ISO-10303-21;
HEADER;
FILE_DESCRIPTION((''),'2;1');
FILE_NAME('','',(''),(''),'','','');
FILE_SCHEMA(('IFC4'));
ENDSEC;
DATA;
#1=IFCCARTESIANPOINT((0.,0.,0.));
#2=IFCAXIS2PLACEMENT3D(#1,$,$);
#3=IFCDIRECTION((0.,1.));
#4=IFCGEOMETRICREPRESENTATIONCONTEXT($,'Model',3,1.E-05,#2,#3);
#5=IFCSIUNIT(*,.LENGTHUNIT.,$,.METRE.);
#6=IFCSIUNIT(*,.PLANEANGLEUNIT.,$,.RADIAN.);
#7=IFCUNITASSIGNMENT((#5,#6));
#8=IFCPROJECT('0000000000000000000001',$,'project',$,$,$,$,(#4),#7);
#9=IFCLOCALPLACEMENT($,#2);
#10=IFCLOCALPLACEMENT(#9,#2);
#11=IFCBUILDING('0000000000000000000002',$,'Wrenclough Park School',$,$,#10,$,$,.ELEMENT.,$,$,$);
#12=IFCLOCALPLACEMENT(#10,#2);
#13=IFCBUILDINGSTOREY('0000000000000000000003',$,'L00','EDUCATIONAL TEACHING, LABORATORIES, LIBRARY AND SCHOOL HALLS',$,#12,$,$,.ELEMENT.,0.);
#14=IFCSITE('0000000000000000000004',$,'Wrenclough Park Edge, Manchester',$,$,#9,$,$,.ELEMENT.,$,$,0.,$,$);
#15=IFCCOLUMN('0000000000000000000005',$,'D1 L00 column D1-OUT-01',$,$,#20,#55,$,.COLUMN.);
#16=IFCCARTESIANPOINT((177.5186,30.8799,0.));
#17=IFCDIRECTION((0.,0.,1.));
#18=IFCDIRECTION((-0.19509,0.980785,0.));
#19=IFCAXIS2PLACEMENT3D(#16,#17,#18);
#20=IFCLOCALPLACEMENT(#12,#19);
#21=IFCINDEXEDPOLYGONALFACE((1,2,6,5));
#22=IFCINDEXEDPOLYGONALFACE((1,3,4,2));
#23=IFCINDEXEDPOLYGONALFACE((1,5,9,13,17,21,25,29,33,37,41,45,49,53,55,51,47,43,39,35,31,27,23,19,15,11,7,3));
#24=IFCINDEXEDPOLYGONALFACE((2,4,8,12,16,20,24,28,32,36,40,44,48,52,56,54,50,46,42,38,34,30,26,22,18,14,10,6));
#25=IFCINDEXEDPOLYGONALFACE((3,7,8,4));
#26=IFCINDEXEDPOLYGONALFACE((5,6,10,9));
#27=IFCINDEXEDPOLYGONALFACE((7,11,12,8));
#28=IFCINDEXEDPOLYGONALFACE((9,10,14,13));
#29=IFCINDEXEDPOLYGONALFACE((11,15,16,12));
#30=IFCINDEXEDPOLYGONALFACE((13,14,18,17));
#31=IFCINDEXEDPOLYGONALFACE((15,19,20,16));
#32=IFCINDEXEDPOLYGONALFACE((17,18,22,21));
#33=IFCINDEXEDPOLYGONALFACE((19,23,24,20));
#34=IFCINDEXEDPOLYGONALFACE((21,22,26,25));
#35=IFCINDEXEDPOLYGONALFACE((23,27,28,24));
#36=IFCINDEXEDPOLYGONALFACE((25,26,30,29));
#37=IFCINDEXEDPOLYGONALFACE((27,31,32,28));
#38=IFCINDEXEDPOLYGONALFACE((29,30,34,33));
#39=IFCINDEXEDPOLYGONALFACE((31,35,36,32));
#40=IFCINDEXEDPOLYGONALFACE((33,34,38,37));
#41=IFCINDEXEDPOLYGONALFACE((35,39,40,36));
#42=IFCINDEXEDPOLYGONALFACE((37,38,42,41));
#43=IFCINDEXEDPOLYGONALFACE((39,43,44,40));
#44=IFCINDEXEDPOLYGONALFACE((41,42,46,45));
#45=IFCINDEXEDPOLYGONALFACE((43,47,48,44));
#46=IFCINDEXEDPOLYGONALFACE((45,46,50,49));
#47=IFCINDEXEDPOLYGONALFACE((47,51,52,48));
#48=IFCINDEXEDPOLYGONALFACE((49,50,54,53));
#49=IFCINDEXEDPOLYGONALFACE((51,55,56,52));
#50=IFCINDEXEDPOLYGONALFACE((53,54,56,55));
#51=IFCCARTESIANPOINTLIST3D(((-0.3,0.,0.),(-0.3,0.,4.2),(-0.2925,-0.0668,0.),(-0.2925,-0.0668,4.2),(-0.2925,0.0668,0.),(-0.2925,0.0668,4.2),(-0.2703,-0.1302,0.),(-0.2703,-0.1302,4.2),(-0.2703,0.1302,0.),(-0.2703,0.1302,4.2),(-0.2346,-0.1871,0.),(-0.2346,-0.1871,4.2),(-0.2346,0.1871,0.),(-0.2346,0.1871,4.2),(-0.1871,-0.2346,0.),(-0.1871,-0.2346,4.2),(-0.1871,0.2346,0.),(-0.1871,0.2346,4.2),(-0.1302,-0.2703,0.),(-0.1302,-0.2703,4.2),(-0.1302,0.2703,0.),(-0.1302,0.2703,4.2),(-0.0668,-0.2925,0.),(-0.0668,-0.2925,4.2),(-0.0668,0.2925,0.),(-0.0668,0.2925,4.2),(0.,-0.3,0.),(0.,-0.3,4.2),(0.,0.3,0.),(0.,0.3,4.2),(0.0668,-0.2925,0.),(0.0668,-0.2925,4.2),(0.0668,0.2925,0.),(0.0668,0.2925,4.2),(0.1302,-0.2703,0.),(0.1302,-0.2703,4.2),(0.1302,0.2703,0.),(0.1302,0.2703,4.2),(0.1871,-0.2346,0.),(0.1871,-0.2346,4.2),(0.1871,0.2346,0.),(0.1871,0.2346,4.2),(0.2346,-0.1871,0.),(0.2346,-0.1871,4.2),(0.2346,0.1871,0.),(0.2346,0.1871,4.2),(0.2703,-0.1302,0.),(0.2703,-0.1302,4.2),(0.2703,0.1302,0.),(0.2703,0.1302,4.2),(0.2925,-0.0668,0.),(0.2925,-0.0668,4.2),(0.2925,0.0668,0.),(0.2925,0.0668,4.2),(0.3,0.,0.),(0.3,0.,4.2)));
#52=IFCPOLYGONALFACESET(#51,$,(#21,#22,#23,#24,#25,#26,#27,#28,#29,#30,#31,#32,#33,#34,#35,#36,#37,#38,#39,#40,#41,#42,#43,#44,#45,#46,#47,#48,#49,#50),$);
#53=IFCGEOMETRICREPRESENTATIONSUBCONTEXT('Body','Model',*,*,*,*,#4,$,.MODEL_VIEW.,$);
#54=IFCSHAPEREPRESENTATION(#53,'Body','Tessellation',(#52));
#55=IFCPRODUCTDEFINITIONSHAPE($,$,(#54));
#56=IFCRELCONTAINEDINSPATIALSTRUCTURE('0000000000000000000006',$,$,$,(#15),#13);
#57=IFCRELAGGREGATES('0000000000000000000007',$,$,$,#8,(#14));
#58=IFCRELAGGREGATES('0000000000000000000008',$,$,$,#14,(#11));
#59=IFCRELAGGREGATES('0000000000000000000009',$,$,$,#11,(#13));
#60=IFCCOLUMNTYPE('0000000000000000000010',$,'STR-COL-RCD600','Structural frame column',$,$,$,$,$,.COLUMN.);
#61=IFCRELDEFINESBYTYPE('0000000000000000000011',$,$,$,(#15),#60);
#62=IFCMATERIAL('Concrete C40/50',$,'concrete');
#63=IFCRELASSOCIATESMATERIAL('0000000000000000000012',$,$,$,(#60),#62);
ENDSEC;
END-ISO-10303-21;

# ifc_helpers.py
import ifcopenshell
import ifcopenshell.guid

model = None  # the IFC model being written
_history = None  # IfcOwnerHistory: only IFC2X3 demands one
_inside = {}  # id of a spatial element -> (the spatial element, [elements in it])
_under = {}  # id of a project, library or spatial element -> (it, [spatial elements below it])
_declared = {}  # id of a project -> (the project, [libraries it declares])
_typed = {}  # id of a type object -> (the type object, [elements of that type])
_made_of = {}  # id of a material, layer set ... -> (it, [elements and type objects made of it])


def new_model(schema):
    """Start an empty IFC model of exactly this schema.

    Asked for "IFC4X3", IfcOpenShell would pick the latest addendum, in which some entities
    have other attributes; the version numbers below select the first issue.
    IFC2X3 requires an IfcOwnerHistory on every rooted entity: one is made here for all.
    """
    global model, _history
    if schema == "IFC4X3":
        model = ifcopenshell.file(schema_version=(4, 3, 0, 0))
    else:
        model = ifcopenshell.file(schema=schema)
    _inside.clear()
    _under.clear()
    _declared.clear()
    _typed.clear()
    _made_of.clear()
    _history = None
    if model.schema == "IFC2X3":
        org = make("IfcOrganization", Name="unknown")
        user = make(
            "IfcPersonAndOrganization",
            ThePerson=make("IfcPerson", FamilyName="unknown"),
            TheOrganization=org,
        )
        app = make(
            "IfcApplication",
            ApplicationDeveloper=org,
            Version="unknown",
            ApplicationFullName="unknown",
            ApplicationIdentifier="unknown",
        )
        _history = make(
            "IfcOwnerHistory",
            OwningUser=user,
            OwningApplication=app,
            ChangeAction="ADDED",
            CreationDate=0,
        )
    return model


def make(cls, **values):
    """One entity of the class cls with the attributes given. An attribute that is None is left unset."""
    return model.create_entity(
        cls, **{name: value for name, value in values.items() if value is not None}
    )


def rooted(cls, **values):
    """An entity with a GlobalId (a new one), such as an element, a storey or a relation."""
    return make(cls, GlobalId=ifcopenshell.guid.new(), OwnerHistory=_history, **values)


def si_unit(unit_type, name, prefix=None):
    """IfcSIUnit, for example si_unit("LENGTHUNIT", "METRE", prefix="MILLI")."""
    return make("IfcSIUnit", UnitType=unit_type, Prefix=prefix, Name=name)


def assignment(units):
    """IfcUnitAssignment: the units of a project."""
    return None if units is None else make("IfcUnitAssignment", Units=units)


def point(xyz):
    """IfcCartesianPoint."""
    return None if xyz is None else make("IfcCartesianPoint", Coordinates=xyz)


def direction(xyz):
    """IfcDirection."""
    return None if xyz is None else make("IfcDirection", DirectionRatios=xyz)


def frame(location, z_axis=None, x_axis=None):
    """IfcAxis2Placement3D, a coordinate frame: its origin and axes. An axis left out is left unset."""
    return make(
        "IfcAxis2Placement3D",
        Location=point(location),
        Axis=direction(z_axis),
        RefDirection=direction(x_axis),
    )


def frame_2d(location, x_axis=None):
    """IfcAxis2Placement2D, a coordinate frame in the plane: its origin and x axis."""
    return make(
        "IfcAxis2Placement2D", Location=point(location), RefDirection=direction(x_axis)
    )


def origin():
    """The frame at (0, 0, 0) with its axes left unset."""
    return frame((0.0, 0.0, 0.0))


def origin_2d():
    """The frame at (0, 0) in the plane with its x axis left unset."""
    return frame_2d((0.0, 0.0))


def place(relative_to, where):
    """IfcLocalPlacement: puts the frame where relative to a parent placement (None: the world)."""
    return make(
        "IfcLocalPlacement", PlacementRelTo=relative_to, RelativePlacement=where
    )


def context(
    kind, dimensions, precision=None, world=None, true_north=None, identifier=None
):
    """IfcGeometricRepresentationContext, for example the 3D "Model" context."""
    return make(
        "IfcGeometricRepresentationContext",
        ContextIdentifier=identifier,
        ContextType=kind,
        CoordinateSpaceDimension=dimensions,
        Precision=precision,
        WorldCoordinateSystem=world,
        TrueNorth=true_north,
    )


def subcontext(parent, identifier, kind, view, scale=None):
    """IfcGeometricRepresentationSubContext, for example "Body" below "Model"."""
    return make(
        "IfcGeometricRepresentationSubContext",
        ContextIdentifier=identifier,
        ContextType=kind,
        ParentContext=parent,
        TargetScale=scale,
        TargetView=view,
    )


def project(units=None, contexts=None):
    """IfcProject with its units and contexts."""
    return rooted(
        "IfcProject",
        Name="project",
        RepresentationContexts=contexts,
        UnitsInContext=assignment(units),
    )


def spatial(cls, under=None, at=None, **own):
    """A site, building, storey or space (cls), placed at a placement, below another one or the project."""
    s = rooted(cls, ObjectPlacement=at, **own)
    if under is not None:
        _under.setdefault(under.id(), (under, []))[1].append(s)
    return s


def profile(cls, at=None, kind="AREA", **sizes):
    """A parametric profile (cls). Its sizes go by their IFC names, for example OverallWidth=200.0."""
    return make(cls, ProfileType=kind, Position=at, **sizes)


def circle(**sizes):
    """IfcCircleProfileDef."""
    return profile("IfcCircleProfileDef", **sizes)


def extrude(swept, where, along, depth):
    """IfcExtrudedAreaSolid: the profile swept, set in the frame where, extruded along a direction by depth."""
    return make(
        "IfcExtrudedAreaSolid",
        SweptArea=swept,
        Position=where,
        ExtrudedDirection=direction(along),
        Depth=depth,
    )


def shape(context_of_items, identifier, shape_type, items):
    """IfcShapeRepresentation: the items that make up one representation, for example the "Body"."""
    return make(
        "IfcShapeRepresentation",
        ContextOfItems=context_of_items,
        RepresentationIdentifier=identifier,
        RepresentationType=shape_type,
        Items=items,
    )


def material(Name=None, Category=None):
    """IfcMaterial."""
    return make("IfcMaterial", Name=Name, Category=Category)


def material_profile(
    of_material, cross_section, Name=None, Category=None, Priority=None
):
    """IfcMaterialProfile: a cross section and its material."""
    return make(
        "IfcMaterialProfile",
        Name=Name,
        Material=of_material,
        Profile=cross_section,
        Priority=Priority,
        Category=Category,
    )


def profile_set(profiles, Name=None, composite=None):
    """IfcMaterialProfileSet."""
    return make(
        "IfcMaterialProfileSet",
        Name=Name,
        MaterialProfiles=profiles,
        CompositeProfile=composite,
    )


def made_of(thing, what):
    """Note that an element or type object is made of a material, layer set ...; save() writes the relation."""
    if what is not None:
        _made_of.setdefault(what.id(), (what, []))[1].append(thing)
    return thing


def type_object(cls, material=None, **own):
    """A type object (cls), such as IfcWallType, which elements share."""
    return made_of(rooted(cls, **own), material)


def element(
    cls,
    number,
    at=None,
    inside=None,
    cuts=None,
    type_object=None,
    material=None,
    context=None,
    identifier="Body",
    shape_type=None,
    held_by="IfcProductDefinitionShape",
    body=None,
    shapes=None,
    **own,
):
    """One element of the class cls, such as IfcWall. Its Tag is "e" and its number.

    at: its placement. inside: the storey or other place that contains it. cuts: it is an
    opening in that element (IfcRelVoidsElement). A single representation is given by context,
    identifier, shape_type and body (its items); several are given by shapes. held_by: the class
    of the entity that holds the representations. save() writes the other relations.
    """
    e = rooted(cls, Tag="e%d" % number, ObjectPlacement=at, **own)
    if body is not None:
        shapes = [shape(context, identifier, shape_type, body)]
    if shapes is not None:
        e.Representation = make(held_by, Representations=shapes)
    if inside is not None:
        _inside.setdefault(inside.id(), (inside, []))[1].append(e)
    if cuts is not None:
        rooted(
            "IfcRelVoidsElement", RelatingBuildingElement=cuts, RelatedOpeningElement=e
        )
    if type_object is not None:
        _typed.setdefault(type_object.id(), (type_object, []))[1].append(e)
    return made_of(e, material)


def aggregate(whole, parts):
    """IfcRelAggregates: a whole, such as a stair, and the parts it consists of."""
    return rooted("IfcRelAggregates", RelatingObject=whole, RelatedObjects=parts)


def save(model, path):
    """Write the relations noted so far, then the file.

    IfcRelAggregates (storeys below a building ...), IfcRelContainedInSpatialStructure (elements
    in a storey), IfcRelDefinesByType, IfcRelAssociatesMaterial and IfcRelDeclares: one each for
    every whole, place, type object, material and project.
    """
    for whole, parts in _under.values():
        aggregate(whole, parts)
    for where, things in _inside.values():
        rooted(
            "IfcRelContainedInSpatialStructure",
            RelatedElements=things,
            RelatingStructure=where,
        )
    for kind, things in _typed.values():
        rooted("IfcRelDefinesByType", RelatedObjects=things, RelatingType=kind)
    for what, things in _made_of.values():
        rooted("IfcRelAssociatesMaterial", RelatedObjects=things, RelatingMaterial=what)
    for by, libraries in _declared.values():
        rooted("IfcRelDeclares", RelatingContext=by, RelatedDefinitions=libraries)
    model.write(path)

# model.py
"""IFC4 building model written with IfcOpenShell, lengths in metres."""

from ifc_helpers import new_model, si_unit, direction, frame, origin, origin_2d, place, context, subcontext, project, spatial, circle, extrude, material, material_profile, profile_set, type_object, element, save


model = new_model("IFC4")

# Units and contexts
model_context = context("Model", 3, precision=1e-05, world=origin(), true_north=direction((0.0, 1.0)))
body_context = subcontext(model_context, "Body", "Model", "MODEL_VIEW")
ifc_project = project(units=[si_unit("LENGTHUNIT", "METRE"), si_unit("PLANEANGLEUNIT", "RADIAN")], contexts=[model_context])

# Site, building, storey
site_placement = place(None, origin())
site = spatial("IfcSite", under=ifc_project, at=site_placement, Name="Wrenclough Park Edge, Manchester", CompositionType="ELEMENT", RefElevation=0.0)
building_placement = place(site_placement, origin())
building = spatial("IfcBuilding", under=site, at=building_placement, Name="Wrenclough Park School", CompositionType="ELEMENT")
storey_placement = place(building_placement, origin())
storey = spatial("IfcBuildingStorey", under=building, at=storey_placement, Name="L00", Description="EDUCATIONAL TEACHING, LABORATORIES, LIBRARY AND SCHOOL HALLS", CompositionType="ELEMENT", Elevation=0.0)

# Column
ifc_material_1 = material(Name="Concrete C40/50", Category="concrete")
ifc_material_profile_1 = material_profile(ifc_material_1, circle(Radius=0.3, at=origin_2d()), Name="RC COL D600")
ifc_profile_set_1 = profile_set([ifc_material_profile_1], Name="Concrete C40/50")
column_type_1 = type_object("IfcColumnType", Name="STR-COL-RCD600", Description="Structural frame column", PredefinedType="COLUMN", material=ifc_profile_set_1)
column_1_placement = place(storey_placement, frame((177.5186, 30.8799, 0.0), z_axis=(0.0, 0.0, 1.0), x_axis=(-0.19509, 0.980785, 0.0)))
element("IfcColumn", 1, at=column_1_placement, inside=storey, type_object=column_type_1, Name="D1 L00 column D1-OUT-01", PredefinedType="COLUMN", context=body_context, shape_type="SweptSolid", body=[
    extrude(circle(Radius=0.3, at=origin_2d()), origin(), (0.0, 0.0, 1.0), 4.2),
])

save(model, "model.ifc")
